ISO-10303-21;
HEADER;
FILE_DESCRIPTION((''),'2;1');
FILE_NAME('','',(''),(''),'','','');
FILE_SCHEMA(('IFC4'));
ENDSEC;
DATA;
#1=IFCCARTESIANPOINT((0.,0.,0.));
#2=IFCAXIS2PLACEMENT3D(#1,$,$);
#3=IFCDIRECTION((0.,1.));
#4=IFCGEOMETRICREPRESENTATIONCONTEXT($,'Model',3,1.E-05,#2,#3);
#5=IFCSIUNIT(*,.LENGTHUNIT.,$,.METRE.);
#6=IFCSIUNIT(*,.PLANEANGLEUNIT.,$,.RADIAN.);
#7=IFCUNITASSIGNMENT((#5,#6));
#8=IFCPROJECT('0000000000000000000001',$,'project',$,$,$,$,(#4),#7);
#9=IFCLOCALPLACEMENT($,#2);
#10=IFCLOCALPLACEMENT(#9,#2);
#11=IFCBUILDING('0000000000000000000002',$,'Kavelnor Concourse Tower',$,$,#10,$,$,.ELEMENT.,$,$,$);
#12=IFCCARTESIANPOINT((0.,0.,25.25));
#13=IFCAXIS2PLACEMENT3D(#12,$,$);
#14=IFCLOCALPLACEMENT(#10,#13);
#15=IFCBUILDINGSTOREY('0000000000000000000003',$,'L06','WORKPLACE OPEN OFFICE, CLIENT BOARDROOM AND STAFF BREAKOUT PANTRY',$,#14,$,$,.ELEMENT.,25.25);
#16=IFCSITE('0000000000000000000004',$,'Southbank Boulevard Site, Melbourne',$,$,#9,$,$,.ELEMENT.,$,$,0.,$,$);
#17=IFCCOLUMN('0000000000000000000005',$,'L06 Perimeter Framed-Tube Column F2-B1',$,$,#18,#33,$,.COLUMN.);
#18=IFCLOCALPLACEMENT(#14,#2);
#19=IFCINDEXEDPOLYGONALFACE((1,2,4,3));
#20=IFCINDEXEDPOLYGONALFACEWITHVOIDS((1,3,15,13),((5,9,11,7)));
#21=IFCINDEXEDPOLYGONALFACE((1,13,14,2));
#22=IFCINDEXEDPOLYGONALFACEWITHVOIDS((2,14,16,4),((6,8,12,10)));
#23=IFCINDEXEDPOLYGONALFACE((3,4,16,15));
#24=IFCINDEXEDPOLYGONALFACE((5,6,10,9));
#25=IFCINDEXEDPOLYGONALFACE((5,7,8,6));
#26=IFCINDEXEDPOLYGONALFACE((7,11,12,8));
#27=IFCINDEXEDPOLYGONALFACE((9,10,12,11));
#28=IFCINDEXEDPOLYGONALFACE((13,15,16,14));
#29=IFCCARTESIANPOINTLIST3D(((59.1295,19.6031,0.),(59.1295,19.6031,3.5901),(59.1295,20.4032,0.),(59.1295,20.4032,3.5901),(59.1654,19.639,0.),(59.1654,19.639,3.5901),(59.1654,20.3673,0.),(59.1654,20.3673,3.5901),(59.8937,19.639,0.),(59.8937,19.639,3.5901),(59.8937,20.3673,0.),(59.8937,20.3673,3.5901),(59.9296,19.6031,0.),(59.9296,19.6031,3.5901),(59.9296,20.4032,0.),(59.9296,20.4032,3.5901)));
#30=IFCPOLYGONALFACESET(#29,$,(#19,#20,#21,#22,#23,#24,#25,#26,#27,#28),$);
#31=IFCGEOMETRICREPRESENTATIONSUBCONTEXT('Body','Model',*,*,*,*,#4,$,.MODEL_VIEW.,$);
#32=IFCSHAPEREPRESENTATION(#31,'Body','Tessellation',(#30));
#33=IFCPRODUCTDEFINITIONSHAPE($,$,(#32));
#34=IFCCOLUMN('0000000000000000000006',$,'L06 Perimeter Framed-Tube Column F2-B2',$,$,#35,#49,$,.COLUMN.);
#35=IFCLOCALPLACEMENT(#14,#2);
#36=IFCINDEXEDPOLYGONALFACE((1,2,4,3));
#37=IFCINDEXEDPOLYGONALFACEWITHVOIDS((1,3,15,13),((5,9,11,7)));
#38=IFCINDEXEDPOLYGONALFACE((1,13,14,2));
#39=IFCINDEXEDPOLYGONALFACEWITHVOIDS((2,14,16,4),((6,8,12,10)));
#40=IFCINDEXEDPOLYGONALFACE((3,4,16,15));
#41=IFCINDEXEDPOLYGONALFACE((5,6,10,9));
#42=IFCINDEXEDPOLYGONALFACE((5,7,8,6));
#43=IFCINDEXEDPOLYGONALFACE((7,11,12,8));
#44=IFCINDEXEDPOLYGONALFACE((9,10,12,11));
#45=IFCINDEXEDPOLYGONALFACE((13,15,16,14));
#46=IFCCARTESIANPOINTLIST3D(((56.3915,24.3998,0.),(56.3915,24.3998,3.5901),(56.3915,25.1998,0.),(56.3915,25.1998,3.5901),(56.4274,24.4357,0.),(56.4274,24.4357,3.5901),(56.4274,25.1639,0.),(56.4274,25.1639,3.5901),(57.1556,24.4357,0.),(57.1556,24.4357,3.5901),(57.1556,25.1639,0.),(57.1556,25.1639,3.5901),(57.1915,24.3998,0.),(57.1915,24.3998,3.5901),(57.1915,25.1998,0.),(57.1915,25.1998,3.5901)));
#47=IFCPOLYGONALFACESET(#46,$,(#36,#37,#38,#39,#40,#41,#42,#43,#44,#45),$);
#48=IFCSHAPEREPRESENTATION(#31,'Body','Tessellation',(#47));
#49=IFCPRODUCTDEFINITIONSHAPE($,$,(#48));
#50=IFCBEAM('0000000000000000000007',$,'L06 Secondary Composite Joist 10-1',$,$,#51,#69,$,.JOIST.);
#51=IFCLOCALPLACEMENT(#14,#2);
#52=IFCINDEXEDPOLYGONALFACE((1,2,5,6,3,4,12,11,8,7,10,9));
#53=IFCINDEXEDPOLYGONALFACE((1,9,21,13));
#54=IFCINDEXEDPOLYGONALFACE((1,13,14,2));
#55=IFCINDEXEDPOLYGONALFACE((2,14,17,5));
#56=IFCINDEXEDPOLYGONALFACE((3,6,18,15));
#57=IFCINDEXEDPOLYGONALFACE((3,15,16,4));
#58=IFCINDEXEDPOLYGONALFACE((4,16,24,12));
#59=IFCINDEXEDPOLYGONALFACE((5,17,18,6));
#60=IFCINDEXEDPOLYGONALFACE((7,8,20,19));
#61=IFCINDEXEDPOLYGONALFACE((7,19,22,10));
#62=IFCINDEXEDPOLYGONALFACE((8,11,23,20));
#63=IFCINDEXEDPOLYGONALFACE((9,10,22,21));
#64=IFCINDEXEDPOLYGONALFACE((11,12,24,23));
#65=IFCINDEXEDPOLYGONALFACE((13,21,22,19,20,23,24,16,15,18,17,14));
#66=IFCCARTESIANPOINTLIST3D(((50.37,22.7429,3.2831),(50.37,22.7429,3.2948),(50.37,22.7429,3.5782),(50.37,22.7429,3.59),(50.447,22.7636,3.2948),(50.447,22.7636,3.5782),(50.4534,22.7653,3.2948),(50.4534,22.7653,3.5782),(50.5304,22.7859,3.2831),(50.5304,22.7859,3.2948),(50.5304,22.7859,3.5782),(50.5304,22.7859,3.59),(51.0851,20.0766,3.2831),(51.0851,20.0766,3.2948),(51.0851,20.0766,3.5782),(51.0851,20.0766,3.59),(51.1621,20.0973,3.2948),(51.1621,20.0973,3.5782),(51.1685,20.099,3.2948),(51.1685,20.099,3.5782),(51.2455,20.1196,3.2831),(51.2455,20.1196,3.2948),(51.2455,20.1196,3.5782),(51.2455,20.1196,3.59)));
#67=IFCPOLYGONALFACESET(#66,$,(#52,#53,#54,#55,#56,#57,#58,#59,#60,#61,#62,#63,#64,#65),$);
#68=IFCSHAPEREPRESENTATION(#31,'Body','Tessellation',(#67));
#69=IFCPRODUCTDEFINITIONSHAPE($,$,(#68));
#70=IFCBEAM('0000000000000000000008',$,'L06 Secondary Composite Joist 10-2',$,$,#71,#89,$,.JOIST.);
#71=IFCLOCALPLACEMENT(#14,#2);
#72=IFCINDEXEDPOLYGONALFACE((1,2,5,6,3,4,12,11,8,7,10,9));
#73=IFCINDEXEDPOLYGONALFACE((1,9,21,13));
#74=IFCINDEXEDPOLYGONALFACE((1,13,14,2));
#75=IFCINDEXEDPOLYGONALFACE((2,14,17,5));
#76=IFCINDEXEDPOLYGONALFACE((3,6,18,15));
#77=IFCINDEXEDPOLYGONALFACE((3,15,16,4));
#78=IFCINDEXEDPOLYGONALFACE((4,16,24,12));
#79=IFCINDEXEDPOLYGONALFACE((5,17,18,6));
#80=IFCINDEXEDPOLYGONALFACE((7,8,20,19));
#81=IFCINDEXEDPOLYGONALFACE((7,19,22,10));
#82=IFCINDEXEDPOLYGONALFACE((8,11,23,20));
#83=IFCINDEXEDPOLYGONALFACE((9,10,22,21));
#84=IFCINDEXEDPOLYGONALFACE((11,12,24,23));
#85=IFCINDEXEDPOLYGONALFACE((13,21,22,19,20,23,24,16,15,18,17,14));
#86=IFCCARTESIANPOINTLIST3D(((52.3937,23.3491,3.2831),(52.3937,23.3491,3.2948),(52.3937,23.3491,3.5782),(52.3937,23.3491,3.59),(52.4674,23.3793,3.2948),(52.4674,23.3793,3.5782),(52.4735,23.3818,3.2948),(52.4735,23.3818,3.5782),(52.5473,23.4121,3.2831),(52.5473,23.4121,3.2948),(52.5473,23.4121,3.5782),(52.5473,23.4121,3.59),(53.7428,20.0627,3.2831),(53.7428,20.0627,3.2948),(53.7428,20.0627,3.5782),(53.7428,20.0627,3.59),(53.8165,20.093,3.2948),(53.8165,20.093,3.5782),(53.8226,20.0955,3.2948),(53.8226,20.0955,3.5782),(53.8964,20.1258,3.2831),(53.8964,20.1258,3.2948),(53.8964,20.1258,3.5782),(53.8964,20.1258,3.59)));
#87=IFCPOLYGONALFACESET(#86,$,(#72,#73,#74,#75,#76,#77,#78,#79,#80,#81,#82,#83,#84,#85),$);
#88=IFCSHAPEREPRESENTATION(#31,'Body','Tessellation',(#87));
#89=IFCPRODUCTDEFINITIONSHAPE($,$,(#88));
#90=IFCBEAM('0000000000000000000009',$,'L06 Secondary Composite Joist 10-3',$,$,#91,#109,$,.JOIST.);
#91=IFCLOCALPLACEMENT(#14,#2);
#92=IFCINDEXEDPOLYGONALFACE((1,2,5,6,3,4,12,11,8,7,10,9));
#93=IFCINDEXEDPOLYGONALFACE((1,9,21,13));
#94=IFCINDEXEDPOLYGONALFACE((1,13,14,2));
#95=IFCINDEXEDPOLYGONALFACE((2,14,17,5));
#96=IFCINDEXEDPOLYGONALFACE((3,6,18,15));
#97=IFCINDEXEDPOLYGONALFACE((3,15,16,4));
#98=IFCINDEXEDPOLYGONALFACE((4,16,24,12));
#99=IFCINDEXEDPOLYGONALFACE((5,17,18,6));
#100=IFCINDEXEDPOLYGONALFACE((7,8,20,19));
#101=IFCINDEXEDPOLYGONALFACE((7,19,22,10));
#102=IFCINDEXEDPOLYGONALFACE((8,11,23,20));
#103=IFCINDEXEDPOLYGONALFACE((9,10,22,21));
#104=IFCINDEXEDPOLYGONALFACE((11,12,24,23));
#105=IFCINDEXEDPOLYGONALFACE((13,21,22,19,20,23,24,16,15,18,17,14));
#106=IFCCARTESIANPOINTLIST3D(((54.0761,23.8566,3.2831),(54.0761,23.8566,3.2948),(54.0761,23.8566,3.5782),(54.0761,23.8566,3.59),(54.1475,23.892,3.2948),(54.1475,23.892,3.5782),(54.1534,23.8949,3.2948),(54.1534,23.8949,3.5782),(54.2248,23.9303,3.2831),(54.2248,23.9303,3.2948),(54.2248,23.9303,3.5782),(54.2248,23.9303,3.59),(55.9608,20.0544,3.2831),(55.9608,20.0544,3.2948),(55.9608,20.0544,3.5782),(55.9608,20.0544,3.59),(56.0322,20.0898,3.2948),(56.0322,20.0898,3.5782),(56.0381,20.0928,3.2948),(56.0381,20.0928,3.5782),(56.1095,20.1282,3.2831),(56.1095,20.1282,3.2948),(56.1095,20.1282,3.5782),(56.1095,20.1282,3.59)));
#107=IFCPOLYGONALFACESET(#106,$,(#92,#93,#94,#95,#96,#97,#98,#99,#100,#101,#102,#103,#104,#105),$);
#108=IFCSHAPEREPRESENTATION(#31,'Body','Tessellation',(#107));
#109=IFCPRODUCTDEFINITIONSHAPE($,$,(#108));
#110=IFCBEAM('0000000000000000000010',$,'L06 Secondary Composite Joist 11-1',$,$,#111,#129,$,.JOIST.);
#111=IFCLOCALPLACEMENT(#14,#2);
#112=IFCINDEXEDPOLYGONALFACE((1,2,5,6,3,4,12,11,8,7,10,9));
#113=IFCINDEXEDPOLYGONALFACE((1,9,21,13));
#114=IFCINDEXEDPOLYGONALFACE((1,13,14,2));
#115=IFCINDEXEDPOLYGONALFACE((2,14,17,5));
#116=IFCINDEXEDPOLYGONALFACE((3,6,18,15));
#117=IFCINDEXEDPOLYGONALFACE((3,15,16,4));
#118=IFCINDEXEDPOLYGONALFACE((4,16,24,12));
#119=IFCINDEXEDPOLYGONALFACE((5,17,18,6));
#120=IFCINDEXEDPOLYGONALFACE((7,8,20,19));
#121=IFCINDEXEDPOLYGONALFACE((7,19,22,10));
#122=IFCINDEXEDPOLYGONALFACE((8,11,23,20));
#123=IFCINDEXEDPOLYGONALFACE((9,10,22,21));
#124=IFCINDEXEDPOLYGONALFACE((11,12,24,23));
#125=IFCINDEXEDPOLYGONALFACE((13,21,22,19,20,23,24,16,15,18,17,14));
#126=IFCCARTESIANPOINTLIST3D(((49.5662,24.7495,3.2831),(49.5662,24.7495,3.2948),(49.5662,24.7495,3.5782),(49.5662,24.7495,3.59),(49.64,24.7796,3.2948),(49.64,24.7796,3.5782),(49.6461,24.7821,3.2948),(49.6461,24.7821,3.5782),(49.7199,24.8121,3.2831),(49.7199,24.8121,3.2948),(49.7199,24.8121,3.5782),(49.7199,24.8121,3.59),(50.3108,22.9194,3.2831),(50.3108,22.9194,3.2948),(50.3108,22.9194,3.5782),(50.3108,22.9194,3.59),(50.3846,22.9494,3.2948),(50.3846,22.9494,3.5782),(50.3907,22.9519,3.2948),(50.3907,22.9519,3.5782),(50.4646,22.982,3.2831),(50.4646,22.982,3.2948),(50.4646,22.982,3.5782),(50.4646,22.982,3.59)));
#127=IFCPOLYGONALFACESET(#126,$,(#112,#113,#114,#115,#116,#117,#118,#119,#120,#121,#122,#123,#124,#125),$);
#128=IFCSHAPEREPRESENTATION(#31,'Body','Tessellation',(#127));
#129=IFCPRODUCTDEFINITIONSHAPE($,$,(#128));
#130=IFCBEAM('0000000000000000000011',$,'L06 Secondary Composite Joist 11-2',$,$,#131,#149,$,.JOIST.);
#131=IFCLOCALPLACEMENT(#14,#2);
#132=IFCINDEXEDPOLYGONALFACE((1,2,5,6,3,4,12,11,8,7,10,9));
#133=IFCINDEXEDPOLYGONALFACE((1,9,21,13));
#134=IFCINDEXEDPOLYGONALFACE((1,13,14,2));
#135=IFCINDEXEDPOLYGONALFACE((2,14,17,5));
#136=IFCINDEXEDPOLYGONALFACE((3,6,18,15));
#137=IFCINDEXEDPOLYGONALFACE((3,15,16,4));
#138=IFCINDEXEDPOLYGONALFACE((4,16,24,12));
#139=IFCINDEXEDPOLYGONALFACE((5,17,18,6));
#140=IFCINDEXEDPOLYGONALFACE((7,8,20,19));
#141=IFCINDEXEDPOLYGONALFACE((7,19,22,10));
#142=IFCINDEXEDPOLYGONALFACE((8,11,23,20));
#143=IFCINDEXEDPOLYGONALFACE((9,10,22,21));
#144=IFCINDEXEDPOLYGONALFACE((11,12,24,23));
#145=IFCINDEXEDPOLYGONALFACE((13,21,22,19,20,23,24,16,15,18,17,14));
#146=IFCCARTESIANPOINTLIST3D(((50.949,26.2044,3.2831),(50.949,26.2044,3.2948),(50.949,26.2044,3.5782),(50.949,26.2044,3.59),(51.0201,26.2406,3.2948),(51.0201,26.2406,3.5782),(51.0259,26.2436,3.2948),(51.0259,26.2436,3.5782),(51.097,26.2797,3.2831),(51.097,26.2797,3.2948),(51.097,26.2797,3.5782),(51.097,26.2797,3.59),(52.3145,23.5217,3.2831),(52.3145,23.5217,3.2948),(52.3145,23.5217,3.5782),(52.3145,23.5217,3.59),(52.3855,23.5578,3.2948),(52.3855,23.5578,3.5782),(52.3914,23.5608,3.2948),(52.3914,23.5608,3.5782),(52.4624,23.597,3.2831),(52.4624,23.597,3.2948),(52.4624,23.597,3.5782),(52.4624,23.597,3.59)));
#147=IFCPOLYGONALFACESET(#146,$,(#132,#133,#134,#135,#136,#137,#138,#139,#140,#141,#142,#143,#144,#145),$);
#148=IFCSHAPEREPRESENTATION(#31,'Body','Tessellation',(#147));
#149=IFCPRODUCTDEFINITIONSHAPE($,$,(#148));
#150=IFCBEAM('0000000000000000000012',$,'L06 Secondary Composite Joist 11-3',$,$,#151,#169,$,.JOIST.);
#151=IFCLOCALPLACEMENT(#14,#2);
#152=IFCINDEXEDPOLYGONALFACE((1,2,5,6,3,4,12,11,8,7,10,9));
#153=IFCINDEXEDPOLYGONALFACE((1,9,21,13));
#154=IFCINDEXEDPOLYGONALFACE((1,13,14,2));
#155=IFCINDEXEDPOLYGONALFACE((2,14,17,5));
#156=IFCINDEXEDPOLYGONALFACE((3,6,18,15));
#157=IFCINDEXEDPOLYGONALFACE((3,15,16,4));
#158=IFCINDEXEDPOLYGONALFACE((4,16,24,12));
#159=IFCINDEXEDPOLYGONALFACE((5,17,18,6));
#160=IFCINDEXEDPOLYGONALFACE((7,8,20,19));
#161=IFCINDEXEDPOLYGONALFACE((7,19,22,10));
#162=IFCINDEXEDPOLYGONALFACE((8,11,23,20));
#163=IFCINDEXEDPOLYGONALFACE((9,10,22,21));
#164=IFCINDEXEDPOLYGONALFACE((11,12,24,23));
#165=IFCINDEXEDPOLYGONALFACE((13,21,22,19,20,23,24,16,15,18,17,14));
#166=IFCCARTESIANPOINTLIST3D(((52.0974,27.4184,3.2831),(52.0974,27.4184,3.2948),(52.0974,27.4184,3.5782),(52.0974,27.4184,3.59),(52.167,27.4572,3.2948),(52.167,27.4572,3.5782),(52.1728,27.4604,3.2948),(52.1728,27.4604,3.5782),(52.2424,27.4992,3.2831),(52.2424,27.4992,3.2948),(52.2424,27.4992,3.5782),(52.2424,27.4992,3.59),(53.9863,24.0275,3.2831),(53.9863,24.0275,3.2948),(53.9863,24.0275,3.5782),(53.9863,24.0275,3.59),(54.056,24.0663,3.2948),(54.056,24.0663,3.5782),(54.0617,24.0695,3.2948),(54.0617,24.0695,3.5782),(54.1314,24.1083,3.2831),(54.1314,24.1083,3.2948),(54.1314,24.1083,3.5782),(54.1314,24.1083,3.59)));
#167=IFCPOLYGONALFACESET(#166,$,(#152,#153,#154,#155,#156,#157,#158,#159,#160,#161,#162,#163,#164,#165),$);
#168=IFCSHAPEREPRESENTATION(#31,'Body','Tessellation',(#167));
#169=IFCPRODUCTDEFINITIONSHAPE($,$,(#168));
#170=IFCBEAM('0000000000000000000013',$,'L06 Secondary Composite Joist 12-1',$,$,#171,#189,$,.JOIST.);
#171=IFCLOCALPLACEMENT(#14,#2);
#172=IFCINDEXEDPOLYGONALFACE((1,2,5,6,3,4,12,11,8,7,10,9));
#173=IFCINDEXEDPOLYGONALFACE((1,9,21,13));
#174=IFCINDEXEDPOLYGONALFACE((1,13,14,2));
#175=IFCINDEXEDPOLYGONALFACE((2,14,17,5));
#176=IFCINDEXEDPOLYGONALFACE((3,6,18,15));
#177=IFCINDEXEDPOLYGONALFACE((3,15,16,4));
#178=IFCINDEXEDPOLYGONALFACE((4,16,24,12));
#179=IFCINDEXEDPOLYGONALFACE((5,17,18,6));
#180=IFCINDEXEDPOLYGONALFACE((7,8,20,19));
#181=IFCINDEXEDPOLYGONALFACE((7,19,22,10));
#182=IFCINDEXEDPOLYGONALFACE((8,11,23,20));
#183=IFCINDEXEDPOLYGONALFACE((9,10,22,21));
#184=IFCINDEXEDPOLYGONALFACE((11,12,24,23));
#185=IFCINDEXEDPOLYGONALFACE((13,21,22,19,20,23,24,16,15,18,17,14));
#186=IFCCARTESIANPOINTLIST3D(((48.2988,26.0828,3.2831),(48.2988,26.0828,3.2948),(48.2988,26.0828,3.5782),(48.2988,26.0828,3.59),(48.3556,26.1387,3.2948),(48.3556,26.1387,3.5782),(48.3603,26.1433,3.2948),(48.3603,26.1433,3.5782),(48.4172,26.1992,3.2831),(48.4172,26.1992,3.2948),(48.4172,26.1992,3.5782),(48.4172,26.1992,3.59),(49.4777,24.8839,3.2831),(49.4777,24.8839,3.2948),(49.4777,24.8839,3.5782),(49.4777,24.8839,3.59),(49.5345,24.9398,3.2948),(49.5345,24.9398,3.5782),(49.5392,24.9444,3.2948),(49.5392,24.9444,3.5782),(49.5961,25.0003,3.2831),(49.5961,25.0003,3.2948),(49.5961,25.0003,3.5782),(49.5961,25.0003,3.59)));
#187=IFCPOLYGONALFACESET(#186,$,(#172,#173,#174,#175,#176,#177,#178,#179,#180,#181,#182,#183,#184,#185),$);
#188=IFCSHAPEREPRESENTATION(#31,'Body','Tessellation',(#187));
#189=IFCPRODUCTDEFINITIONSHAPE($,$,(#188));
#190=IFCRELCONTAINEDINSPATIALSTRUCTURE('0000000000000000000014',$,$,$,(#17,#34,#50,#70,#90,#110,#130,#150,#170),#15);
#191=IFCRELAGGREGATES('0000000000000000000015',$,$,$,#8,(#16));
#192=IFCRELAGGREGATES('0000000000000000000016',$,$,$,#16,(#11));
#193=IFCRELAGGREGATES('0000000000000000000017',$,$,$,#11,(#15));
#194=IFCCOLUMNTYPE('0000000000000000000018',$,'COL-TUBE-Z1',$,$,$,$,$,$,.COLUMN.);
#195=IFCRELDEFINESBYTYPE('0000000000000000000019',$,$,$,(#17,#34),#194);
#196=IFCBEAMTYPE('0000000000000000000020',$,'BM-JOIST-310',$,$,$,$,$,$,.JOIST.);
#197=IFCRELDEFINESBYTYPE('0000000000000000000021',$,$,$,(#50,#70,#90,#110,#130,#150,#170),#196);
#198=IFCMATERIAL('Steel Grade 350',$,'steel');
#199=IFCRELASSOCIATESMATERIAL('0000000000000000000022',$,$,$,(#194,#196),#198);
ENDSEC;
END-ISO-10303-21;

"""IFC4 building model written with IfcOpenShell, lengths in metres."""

from ifc_helpers import new_model, si_unit, direction, frame, origin, origin_2d, place, context, subcontext, project, spatial, hollow_rectangle, i_section, extrude, material, material_profile, profile_set, type_object, element, save


model = new_model("IFC4")

# Units and contexts
model_context = context("Model", 3, precision=1e-05, world=origin(), true_north=direction((0.0, 1.0)))
body_context = subcontext(model_context, "Body", "Model", "MODEL_VIEW")
ifc_project = project(units=[si_unit("LENGTHUNIT", "METRE"), si_unit("PLANEANGLEUNIT", "RADIAN")], contexts=[model_context])

# Site, building, storey
site_placement = place(None, origin())
site = spatial("IfcSite", under=ifc_project, at=site_placement, Name="Southbank Boulevard Site, Melbourne", CompositionType="ELEMENT", RefElevation=0.0)
building_placement = place(site_placement, origin())
building = spatial("IfcBuilding", under=site, at=building_placement, Name="Kavelnor Concourse Tower", CompositionType="ELEMENT")
storey_placement = place(building_placement, frame((0.0, 0.0, 25.25)))
storey = spatial("IfcBuildingStorey", under=building, at=storey_placement, Name="L06", Description="WORKPLACE OPEN OFFICE, CLIENT BOARDROOM AND STAFF BREAKOUT PANTRY", CompositionType="ELEMENT", Elevation=25.25)

# Columns
ifc_material_1 = material(Name="Steel Grade 350", Category="steel")
ifc_material_profile_1 = material_profile(ifc_material_1, hollow_rectangle(XDim=0.8, YDim=0.8, WallThickness=0.0359, at=origin_2d()), Name="SHS 800x800x36")
ifc_profile_set_1 = profile_set([ifc_material_profile_1], Name="Steel Grade 350")
column_type = type_object("IfcColumnType", Name="COL-TUBE-Z1", PredefinedType="COLUMN", material=ifc_profile_set_1)
for number, where, z_axis, x_axis, name in (
    (1, (59.5295, 20.0032, 0.0), (0.0, 0.0, 1.0), (1.0, 0.0, 0.0), "L06 Perimeter Framed-Tube Column F2-B1"),
    (2, (56.7915, 24.7998, 0.0), (0.0, 0.0, 1.0), (1.0, 0.0, 0.0), "L06 Perimeter Framed-Tube Column F2-B2"),
):
    element("IfcColumn", number, at=place(storey_placement, frame(where, z_axis=z_axis, x_axis=x_axis)), inside=storey, type_object=column_type, Name=name, PredefinedType="COLUMN", context=body_context, shape_type="SweptSolid", body=[
        extrude(hollow_rectangle(XDim=0.8, YDim=0.8, WallThickness=0.0359, at=origin_2d()), origin(), (0.0, 0.0, 1.0), 3.5901),
    ])

# Beams
ifc_material_profile_2 = material_profile(ifc_material_1, i_section(OverallWidth=0.166, OverallDepth=0.3069, WebThickness=0.0066, FlangeThickness=0.0117, at=origin_2d()), Name="310UB46")
ifc_profile_set_2 = profile_set([ifc_material_profile_2], Name="Steel Grade 350")
beam_type_1 = type_object("IfcBeamType", Name="BM-JOIST-310", PredefinedType="JOIST", material=ifc_profile_set_2)
beam_1_placement = place(storey_placement, frame((51.1653, 20.0981, 3.4365), z_axis=(-0.259044, 0.965866, 0.0), x_axis=(-0.965866, -0.259044, 0.0)))
element("IfcBeam", 3, at=beam_1_placement, inside=storey, type_object=beam_type_1, Name="L06 Secondary Composite Joist 10-1", PredefinedType="JOIST", context=body_context, shape_type="SweptSolid", body=[
    extrude(i_section(OverallWidth=0.166, OverallDepth=0.3069, WebThickness=0.0066, FlangeThickness=0.0117, at=origin_2d()), origin(), (0.0, 0.0, 1.0), 2.7605),
])
beam_2_placement = place(storey_placement, frame((53.8196, 20.0942, 3.4365), z_axis=(-0.379764, 0.925083, 0.0), x_axis=(-0.925083, -0.379764, 0.0)))
element("IfcBeam", 4, at=beam_2_placement, inside=storey, type_object=beam_type_1, Name="L06 Secondary Composite Joist 10-2", PredefinedType="JOIST", context=body_context, shape_type="SweptSolid", body=[
    extrude(i_section(OverallWidth=0.166, OverallDepth=0.3069, WebThickness=0.0066, FlangeThickness=0.0117, at=origin_2d()), origin(), (0.0, 0.0, 1.0), 3.5525),
])
beam_3_placement = place(storey_placement, frame((56.0352, 20.0913, 3.4365), z_axis=(-0.444127, 0.895964, 0.0), x_axis=(-0.895964, -0.444127, 0.0)))
element("IfcBeam", 5, at=beam_3_placement, inside=storey, type_object=beam_type_1, Name="L06 Secondary Composite Joist 10-3", PredefinedType="JOIST", context=body_context, shape_type="SweptSolid", body=[
    extrude(i_section(OverallWidth=0.166, OverallDepth=0.3069, WebThickness=0.0066, FlangeThickness=0.0117, at=origin_2d()), origin(), (0.0, 0.0, 1.0), 4.2437),
])
beam_4_placement = place(storey_placement, frame((50.3877, 22.9507, 3.4365), z_axis=(-0.376881, 0.926262, 0.0), x_axis=(-0.926262, -0.376881, 0.0)))
element("IfcBeam", 6, at=beam_4_placement, inside=storey, type_object=beam_type_1, Name="L06 Secondary Composite Joist 11-1", PredefinedType="JOIST", context=body_context, shape_type="SweptSolid", body=[
    extrude(i_section(OverallWidth=0.166, OverallDepth=0.3069, WebThickness=0.0066, FlangeThickness=0.0117, at=origin_2d()), origin(), (0.0, 0.0, 1.0), 1.9758),
])
beam_5_placement = place(storey_placement, frame((52.3884, 23.5593, 3.4365), z_axis=(-0.453593, 0.891209, 0.0), x_axis=(-0.891209, -0.453593, 0.0)))
element("IfcBeam", 7, at=beam_5_placement, inside=storey, type_object=beam_type_1, Name="L06 Secondary Composite Joist 11-2", PredefinedType="JOIST", context=body_context, shape_type="SweptSolid", body=[
    extrude(i_section(OverallWidth=0.166, OverallDepth=0.3069, WebThickness=0.0066, FlangeThickness=0.0117, at=origin_2d()), origin(), (0.0, 0.0, 1.0), 3.0103),
])
beam_6_placement = place(storey_placement, frame((54.0588, 24.0679, 3.4365), z_axis=(-0.486647, 0.873599, 0.0), x_axis=(-0.873599, -0.486647, 0.0)))
element("IfcBeam", 8, at=beam_6_placement, inside=storey, type_object=beam_type_1, Name="L06 Secondary Composite Joist 11-3", PredefinedType="JOIST", context=body_context, shape_type="SweptSolid", body=[
    extrude(i_section(OverallWidth=0.166, OverallDepth=0.3069, WebThickness=0.0066, FlangeThickness=0.0117, at=origin_2d()), origin(), (0.0, 0.0, 1.0), 3.8816),
])
beam_7_placement = place(storey_placement, frame((49.5369, 24.9421, 3.4365), z_axis=(-0.701129, 0.713035, 0.0), x_axis=(-0.713035, -0.701129, 0.0)))
element("IfcBeam", 9, at=beam_7_placement, inside=storey, type_object=beam_type_1, Name="L06 Secondary Composite Joist 12-1", PredefinedType="JOIST", context=body_context, shape_type="SweptSolid", body=[
    extrude(i_section(OverallWidth=0.166, OverallDepth=0.3069, WebThickness=0.0066, FlangeThickness=0.0117, at=origin_2d()), origin(), (0.0, 0.0, 1.0), 1.6814),
])

save(model, "model.ifc")
